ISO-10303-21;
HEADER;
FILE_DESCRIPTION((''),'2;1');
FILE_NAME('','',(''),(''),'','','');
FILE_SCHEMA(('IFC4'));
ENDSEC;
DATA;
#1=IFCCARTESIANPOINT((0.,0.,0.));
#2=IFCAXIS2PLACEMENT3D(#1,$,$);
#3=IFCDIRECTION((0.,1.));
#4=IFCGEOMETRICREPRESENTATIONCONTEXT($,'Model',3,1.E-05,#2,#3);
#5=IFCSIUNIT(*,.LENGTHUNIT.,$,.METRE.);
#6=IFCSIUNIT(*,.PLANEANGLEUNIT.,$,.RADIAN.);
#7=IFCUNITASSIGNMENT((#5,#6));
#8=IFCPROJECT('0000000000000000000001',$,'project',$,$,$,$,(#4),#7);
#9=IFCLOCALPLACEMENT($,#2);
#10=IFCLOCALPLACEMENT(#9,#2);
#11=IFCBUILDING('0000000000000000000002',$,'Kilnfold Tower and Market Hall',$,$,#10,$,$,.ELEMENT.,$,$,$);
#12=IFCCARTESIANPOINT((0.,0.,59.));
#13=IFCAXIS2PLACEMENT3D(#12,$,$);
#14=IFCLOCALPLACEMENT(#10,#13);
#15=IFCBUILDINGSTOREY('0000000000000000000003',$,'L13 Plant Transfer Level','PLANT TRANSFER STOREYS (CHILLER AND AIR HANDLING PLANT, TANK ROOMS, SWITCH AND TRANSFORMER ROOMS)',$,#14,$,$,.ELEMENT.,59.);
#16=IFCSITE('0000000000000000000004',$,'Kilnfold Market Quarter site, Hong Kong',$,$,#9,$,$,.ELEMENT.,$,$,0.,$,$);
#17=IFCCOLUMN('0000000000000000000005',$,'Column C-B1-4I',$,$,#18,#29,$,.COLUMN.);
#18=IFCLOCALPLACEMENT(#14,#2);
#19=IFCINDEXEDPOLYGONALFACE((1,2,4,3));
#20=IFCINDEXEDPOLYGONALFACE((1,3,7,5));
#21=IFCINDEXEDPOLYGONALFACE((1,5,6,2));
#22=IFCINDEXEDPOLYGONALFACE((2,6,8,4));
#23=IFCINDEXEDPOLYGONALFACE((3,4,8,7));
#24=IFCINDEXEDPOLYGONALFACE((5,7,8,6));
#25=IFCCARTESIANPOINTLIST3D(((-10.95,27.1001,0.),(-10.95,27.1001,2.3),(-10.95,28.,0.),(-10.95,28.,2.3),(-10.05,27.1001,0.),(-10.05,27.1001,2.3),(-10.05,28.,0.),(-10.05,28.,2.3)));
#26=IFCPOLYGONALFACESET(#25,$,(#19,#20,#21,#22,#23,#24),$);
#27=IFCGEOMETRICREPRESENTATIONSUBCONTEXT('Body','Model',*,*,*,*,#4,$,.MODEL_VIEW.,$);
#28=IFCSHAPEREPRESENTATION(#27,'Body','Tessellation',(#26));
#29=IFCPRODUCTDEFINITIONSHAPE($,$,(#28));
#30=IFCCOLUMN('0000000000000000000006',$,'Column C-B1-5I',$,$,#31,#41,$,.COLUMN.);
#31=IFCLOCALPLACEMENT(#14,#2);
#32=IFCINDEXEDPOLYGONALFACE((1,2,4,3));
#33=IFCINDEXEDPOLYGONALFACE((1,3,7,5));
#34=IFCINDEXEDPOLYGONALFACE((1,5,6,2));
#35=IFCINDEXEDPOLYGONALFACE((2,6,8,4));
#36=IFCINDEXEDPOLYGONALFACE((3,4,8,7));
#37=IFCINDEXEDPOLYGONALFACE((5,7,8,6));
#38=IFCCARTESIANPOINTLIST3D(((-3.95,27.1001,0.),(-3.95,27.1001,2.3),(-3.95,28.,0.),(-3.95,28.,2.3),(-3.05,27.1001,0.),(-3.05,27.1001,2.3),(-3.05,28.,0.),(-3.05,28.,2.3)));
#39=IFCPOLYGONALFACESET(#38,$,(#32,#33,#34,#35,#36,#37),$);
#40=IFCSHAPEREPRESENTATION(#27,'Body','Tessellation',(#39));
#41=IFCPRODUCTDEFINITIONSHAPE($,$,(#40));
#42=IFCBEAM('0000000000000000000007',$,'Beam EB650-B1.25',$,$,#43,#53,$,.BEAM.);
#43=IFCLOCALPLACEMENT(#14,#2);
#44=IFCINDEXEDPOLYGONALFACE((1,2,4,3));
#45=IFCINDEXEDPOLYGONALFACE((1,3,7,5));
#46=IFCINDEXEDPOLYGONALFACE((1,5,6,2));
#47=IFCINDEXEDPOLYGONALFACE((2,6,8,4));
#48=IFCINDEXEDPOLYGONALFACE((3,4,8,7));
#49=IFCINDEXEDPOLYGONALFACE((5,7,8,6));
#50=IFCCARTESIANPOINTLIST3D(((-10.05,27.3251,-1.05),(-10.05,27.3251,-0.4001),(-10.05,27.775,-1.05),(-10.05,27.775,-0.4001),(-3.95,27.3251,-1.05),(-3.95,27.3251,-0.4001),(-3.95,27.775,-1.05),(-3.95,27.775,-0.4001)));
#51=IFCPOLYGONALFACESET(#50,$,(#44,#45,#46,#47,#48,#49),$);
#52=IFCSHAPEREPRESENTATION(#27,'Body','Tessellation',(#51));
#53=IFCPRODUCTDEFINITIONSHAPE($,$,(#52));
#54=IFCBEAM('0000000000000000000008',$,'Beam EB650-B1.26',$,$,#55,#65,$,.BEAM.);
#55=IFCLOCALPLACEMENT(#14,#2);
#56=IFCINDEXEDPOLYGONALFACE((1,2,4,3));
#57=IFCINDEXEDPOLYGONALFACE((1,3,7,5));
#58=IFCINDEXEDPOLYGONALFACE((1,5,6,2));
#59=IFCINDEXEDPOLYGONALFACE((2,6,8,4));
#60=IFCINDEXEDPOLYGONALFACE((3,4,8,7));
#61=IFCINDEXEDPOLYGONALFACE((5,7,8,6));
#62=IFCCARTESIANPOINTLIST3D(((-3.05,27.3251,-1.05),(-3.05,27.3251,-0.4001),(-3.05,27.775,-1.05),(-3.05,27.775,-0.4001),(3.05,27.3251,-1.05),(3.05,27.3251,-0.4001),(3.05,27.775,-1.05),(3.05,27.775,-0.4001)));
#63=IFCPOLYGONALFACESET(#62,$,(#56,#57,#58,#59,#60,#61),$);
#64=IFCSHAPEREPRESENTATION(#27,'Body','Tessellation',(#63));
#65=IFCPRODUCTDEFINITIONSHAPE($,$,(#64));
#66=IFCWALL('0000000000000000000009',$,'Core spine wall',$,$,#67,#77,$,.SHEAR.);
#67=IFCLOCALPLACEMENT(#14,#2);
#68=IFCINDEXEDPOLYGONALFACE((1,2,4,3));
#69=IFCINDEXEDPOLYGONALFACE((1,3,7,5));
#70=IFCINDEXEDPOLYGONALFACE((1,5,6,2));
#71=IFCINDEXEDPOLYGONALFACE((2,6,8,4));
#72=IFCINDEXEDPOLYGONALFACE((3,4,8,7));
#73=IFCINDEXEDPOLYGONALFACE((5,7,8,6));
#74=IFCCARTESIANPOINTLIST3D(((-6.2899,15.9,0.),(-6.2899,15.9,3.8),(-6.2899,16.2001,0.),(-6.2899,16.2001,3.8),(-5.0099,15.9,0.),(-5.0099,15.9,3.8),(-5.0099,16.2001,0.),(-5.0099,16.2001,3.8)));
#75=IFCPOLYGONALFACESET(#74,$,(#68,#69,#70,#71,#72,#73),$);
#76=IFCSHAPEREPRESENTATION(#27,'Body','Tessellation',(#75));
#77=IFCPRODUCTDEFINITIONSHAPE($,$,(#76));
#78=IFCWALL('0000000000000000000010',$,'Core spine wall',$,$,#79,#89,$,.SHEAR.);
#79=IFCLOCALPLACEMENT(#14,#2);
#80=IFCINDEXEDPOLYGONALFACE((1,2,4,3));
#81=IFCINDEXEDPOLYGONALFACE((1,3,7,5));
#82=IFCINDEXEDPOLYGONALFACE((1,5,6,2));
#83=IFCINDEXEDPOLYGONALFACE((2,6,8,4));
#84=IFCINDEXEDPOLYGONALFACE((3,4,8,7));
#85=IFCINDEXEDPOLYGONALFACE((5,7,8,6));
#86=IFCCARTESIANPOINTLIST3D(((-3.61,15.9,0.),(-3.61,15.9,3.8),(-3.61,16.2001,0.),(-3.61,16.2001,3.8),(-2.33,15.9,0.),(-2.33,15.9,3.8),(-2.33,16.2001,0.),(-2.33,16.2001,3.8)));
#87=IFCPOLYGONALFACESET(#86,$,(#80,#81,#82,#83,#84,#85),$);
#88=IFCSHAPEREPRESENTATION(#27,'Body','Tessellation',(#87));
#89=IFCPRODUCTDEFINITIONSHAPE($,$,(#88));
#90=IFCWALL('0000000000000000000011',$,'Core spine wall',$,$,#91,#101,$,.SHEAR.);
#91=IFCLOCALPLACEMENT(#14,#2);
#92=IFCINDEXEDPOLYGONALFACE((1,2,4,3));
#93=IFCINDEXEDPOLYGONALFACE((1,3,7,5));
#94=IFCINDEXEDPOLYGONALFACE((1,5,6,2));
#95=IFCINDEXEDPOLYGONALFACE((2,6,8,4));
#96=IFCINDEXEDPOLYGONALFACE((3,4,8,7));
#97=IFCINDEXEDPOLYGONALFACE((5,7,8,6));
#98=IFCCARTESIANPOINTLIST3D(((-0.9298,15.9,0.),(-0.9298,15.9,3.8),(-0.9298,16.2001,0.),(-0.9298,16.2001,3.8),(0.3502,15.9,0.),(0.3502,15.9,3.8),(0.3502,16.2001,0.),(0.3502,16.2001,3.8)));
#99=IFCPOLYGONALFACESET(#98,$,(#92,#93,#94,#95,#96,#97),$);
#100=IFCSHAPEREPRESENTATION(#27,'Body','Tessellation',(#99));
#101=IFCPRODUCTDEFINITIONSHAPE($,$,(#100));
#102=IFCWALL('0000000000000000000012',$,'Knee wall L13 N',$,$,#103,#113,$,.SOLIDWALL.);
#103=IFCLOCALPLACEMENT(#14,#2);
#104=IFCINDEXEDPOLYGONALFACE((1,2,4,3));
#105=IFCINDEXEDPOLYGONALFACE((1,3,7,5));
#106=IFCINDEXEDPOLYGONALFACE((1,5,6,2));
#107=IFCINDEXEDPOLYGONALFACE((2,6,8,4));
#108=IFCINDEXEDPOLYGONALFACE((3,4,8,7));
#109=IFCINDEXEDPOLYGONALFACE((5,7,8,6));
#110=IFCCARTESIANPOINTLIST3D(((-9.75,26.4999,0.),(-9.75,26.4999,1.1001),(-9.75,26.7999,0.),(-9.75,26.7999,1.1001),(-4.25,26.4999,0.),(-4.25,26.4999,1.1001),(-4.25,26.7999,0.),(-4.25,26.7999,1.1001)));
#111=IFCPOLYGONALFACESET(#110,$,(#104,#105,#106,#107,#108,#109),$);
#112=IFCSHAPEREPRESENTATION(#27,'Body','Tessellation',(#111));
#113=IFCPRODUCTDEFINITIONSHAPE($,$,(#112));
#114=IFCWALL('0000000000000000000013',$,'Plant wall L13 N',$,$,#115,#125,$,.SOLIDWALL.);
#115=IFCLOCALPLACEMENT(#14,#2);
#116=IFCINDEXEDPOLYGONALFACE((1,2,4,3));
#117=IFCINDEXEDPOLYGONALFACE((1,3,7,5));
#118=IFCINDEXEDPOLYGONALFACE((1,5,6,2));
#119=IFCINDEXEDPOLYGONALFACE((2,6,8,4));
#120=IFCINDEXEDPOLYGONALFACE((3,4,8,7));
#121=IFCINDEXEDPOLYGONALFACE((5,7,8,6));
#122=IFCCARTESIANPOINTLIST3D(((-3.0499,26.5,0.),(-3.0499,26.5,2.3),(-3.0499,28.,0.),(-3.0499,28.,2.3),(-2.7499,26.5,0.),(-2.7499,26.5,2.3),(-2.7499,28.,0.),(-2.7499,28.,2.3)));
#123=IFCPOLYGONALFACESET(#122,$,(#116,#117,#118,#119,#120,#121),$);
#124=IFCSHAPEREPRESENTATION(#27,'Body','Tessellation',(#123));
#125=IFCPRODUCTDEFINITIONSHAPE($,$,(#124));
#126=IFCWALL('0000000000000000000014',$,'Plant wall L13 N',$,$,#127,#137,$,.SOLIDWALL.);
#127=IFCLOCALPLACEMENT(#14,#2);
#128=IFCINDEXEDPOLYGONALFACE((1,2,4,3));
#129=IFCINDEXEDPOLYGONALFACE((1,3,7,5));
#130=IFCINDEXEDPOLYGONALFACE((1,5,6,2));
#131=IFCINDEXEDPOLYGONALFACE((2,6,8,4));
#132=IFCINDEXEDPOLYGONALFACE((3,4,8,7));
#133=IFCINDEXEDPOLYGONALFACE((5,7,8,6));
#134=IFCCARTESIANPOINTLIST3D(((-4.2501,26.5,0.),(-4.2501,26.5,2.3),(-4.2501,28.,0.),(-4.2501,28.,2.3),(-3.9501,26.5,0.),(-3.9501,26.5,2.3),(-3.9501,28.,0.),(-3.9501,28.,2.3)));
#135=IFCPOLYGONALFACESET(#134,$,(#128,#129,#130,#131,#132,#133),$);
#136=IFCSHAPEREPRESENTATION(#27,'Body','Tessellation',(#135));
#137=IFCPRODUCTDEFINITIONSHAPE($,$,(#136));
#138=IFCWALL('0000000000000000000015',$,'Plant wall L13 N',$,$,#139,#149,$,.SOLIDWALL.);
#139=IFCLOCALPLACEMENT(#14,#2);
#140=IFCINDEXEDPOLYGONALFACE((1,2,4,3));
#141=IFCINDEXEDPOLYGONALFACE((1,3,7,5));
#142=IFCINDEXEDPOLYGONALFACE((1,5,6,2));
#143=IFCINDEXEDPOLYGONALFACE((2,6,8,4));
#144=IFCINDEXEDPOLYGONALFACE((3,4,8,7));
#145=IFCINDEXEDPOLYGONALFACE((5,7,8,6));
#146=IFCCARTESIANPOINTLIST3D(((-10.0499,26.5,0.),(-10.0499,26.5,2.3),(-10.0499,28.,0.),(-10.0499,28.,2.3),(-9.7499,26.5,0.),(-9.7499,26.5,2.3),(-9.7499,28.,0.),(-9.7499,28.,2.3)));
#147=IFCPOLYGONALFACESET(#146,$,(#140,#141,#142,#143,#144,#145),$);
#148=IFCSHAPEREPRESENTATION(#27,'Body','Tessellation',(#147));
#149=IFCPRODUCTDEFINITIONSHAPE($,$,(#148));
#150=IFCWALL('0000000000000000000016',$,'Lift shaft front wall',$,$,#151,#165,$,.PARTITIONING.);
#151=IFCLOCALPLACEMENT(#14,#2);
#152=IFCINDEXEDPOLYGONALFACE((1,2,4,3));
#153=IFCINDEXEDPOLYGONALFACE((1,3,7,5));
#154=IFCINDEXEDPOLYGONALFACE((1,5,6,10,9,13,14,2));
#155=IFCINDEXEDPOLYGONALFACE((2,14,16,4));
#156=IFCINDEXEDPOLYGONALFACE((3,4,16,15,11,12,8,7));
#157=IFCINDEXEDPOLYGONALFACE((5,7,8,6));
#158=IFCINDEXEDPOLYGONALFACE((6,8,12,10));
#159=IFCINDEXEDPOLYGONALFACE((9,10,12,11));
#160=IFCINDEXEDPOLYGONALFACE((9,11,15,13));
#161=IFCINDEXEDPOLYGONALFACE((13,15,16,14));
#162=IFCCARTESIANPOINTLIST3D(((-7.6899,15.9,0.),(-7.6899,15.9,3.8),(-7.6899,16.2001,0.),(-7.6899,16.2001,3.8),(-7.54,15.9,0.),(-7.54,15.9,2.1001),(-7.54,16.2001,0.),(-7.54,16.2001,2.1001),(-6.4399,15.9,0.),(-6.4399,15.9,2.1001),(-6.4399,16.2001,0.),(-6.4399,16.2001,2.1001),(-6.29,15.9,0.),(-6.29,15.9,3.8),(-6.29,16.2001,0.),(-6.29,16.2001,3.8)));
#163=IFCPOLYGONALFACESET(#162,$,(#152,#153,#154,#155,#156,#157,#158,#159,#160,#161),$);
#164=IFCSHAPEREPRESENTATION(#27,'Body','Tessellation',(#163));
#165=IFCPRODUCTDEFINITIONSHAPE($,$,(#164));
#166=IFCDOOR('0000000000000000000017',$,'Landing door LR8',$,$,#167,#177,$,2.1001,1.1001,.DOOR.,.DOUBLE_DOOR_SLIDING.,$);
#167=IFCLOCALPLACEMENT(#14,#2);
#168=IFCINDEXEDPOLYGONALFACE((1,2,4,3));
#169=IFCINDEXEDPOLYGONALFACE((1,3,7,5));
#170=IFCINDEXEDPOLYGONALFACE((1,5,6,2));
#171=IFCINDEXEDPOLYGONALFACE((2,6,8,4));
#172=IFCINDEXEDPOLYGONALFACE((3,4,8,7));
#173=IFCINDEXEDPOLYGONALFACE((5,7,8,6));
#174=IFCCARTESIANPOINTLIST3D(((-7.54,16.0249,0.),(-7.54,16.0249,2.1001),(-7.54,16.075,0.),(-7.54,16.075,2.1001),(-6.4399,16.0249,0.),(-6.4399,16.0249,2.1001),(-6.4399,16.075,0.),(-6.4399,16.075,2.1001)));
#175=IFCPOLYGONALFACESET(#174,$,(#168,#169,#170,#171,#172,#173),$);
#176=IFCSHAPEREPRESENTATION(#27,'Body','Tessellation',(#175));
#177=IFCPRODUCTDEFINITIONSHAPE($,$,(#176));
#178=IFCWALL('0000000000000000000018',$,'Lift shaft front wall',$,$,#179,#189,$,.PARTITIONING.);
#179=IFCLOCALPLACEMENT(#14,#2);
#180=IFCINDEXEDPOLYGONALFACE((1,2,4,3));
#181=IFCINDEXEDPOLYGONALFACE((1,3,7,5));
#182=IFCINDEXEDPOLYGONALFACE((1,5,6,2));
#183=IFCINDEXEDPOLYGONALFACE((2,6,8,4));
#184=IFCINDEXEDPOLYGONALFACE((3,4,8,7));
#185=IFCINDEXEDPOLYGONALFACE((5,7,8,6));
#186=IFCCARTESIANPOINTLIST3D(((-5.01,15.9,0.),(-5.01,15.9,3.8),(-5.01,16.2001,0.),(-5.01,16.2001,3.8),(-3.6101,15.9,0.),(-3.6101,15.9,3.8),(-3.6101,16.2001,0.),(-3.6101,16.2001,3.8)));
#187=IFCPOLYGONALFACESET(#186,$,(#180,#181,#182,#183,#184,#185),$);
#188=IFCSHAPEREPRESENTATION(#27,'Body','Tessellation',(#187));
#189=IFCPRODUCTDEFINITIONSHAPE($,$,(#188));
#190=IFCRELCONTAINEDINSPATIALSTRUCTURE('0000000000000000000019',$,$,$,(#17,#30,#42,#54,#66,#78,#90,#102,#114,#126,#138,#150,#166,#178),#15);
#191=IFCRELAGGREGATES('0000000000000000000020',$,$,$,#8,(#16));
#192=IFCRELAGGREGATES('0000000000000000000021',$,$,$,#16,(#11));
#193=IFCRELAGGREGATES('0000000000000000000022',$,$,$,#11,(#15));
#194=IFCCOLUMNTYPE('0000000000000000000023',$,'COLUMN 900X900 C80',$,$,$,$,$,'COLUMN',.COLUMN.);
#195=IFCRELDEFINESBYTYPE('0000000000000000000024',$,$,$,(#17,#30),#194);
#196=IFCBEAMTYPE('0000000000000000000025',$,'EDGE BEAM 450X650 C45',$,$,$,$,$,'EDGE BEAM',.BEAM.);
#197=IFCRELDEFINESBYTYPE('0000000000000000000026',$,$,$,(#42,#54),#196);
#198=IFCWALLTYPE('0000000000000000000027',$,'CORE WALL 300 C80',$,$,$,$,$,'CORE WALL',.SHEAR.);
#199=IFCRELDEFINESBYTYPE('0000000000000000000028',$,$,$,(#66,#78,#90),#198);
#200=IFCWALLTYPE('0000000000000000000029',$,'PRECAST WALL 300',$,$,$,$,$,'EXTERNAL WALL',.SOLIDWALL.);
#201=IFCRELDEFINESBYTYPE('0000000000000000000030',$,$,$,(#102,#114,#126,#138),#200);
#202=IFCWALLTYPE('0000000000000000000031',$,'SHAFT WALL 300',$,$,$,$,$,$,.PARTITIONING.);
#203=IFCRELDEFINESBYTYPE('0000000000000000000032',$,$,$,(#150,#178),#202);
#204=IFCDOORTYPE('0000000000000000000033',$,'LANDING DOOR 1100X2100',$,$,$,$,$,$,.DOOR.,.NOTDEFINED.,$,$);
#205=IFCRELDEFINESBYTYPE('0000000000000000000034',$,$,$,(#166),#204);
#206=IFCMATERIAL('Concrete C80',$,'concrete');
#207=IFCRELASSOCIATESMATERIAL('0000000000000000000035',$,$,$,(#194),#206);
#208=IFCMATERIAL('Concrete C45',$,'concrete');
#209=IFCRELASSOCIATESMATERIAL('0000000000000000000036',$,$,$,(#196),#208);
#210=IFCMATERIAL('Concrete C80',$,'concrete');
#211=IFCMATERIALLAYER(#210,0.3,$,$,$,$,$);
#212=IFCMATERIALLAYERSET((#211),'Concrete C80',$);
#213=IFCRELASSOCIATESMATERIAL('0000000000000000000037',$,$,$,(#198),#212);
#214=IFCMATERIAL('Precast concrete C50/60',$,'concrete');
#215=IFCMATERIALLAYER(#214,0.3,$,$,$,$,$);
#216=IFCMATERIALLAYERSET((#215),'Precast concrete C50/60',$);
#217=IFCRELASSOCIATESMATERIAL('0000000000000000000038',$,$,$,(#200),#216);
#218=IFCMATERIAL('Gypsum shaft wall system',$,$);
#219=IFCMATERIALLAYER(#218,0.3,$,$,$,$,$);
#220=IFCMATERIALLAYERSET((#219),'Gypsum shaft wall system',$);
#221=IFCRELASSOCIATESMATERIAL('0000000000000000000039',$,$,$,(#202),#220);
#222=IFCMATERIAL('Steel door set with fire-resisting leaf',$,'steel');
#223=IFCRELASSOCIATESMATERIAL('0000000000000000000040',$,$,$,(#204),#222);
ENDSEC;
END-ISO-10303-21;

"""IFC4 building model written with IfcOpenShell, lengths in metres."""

from ifc_helpers import new_model, si_unit, direction, frame, frame_2d, origin, origin_2d, place, context, subcontext, project, spatial, rectangle, extrude, source, transform, mapped, material, layer, layer_set, material_profile, profile_set, type_object, element, fill, save


model = new_model("IFC4")

# Units and contexts
model_context = context("Model", 3, precision=1e-05, world=origin(), true_north=direction((0.0, 1.0)))
body_context = subcontext(model_context, "Body", "Model", "MODEL_VIEW")
ifc_project = project(units=[si_unit("LENGTHUNIT", "METRE"), si_unit("PLANEANGLEUNIT", "RADIAN")], contexts=[model_context])

# Site, building, storey
site_placement = place(None, origin())
site = spatial("IfcSite", under=ifc_project, at=site_placement, Name="Kilnfold Market Quarter site, Hong Kong", CompositionType="ELEMENT", RefElevation=0.0)
building_placement = place(site_placement, origin())
building = spatial("IfcBuilding", under=site, at=building_placement, Name="Kilnfold Tower and Market Hall", CompositionType="ELEMENT")
storey_placement = place(building_placement, frame((0.0, 0.0, 59.0)))
storey = spatial("IfcBuildingStorey", under=building, at=storey_placement, Name="L13 Plant Transfer Level", Description="PLANT TRANSFER STOREYS (CHILLER AND AIR HANDLING PLANT, TANK ROOMS, SWITCH AND TRANSFORMER ROOMS)", CompositionType="ELEMENT", Elevation=59.0)

# Columns
ifc_material_1 = material(Name="Concrete C80", Category="concrete")
ifc_material_profile_1 = material_profile(ifc_material_1, rectangle(XDim=0.8999, YDim=0.8999, at=origin_2d()), Name="RC 900x900")
ifc_profile_set_1 = profile_set([ifc_material_profile_1], Name="Concrete C80")
column_type = type_object("IfcColumnType", Name="COLUMN 900X900 C80", ElementType="COLUMN", PredefinedType="COLUMN", material=ifc_profile_set_1)
shared_shape_1 = source(origin(), body_context, "Body", "SweptSolid", [
    extrude(rectangle(XDim=0.8999, YDim=0.8999, at=origin_2d()), origin(), (0.0, 0.0, 1.0), 2.3),
])
for number, where, z_axis, x_axis, name in (
    (1, (-10.5, 27.55, 0.0), (0.0, 0.0, 1.0), (1.0, 0.0, 0.0), "Column C-B1-4I"),
    (2, (-3.5, 27.55, 0.0), (0.0, 0.0, 1.0), (1.0, 0.0, 0.0), "Column C-B1-5I"),
):
    element("IfcColumn", number, at=place(storey_placement, frame(where, z_axis=z_axis, x_axis=x_axis)), inside=storey, type_object=column_type, Name=name, PredefinedType="COLUMN", context=body_context, shape_type="MappedRepresentation", body=[
        mapped(shared_shape_1, transform((0.0, 0.0, 0.0))),
    ])

# Beams
ifc_material_2 = material(Name="Concrete C45", Category="concrete")
ifc_material_profile_2 = material_profile(ifc_material_2, rectangle(XDim=0.45, YDim=0.6499, at=origin_2d()), Name="RC 450x650")
ifc_profile_set_2 = profile_set([ifc_material_profile_2], Name="Concrete C45")
beam_type = type_object("IfcBeamType", Name="EDGE BEAM 450X650 C45", ElementType="EDGE BEAM", PredefinedType="BEAM", material=ifc_profile_set_2)
shared_shape_2 = source(origin(), body_context, "Body", "SweptSolid", [
    extrude(rectangle(XDim=0.45, YDim=0.6499, at=origin_2d()), origin(), (0.0, 0.0, 1.0), 6.1001),
])
for number, where, z_axis, x_axis, name in (
    (3, (-10.05, 27.55, -0.7251), (1.0, 0.0, 0.0), (0.0, 1.0, 0.0), "Beam EB650-B1.25"),
    (4, (-3.05, 27.55, -0.7251), (1.0, 0.0, 0.0), (0.0, 1.0, 0.0), "Beam EB650-B1.26"),
):
    element("IfcBeam", number, at=place(storey_placement, frame(where, z_axis=z_axis, x_axis=x_axis)), inside=storey, type_object=beam_type, Name=name, PredefinedType="BEAM", context=body_context, shape_type="MappedRepresentation", body=[
        mapped(shared_shape_2, transform((0.0, 0.0, 0.0))),
    ])

# Walls
ifc_material_3 = material(Name="Concrete C80", Category="concrete")
ifc_layer_1 = layer(ifc_material_3, 0.3)
ifc_layer_set_1 = layer_set([ifc_layer_1], Name="Concrete C80")
wall_type_1 = type_object("IfcWallType", Name="CORE WALL 300 C80", ElementType="CORE WALL", PredefinedType="SHEAR", material=ifc_layer_set_1)
shared_shape_3 = source(origin(), body_context, "Body", "SweptSolid", [
    extrude(rectangle(XDim=1.28, YDim=0.3, at=frame_2d((0.6401, 0.0))), origin(), (0.0, 0.0, 1.0), 3.8),
])
for number, where, z_axis, x_axis, name in (
    (5, (-6.29, 16.05, 0.0), (0.0, 0.0, 1.0), (1.0, 0.0, 0.0), "Core spine wall"),
    (6, (-3.6101, 16.05, 0.0), (0.0, 0.0, 1.0), (1.0, 0.0, 0.0), "Core spine wall"),
    (7, (-0.9299, 16.05, 0.0), (0.0, 0.0, 1.0), (1.0, 0.0, 0.0), "Core spine wall"),
):
    element("IfcWall", number, at=place(storey_placement, frame(where, z_axis=z_axis, x_axis=x_axis)), inside=storey, type_object=wall_type_1, Name=name, PredefinedType="SHEAR", context=body_context, shape_type="MappedRepresentation", body=[
        mapped(shared_shape_3, transform((0.0, 0.0, 0.0))),
    ])
ifc_material_4 = material(Name="Precast concrete C50/60", Category="concrete")
ifc_layer_2 = layer(ifc_material_4, 0.3)
ifc_layer_set_2 = layer_set([ifc_layer_2], Name="Precast concrete C50/60")
wall_type_2 = type_object("IfcWallType", Name="PRECAST WALL 300", ElementType="EXTERNAL WALL", PredefinedType="SOLIDWALL", material=ifc_layer_set_2)
shared_shape_4 = source(origin(), body_context, "Body", "SweptSolid", [
    extrude(rectangle(XDim=5.5, YDim=0.3, at=frame_2d((2.75, 0.0))), origin(), (0.0, 0.0, 1.0), 1.1001),
])
wall_1_placement = place(storey_placement, frame((-4.25, 26.6499, 0.0), z_axis=(0.0, 0.0, 1.0), x_axis=(-1.0, 0.0, 0.0)))
element("IfcWall", 8, at=wall_1_placement, inside=storey, type_object=wall_type_2, Name="Knee wall L13 N", PredefinedType="SOLIDWALL", context=body_context, shape_type="MappedRepresentation", body=[
    mapped(shared_shape_4, transform((0.0, 0.0, 0.0))),
])
shared_shape_5 = source(origin(), body_context, "Body", "SweptSolid", [
    extrude(rectangle(XDim=1.5, YDim=0.3, at=frame_2d((0.75, 0.0))), origin(), (0.0, 0.0, 1.0), 2.3),
])
for number, where, z_axis, x_axis, name in (
    (9, (-2.8999, 28.0, 0.0), (0.0, 0.0, 1.0), (0.0, -1.0, 0.0), "Plant wall L13 N"),
    (10, (-4.1001, 28.0, 0.0), (0.0, 0.0, 1.0), (0.0, -1.0, 0.0), "Plant wall L13 N"),
    (11, (-9.8999, 28.0, 0.0), (0.0, 0.0, 1.0), (0.0, -1.0, 0.0), "Plant wall L13 N"),
):
    element("IfcWall", number, at=place(storey_placement, frame(where, z_axis=z_axis, x_axis=x_axis)), inside=storey, type_object=wall_type_2, Name=name, PredefinedType="SOLIDWALL", context=body_context, shape_type="MappedRepresentation", body=[
        mapped(shared_shape_5, transform((0.0, 0.0, 0.0))),
    ])

# Wall, opening, door
ifc_material_5 = material(Name="Gypsum shaft wall system")
ifc_layer_3 = layer(ifc_material_5, 0.3)
ifc_layer_set_3 = layer_set([ifc_layer_3], Name="Gypsum shaft wall system")
wall_type_3 = type_object("IfcWallType", Name="SHAFT WALL 300", PredefinedType="PARTITIONING", material=ifc_layer_set_3)
shared_shape_6 = source(origin(), body_context, "Body", "SweptSolid", [
    extrude(rectangle(XDim=1.3999, YDim=0.3, at=frame_2d((0.7, 0.0))), origin(), (0.0, 0.0, 1.0), 3.8),
])
wall_2_placement = place(storey_placement, frame((-7.6899, 16.05, 0.0), z_axis=(0.0, 0.0, 1.0), x_axis=(1.0, 0.0, 0.0)))
wall_2 = element("IfcWall", 12, at=wall_2_placement, inside=storey, type_object=wall_type_3, Name="Lift shaft front wall", PredefinedType="PARTITIONING", context=body_context, shape_type="MappedRepresentation", body=[
    mapped(shared_shape_6, transform((0.0, 0.0, 0.0))),
])
opening_placement = place(wall_2_placement, frame((0.1499, 0.0, 0.0)))
opening = element("IfcOpeningElement", 13, at=opening_placement, cuts=wall_2, PredefinedType="OPENING", context=body_context, shape_type="SweptSolid", body=[
    extrude(rectangle(XDim=1.1001, YDim=2.1001, at=frame_2d((0.55, 1.05))), frame((0.0, 0.1602, 0.0), z_axis=(0.0, -1.0, 0.0), x_axis=(1.0, 0.0, 0.0)), (0.0, 0.0, 1.0), 0.3201),
])
ifc_material_6 = material(Name="Steel door set with fire-resisting leaf", Category="steel")
door_type = type_object("IfcDoorType", Name="LANDING DOOR 1100X2100", OperationType="NOTDEFINED", PredefinedType="DOOR", material=ifc_material_6)
door_placement = place(opening_placement, origin())
door = element("IfcDoor", 14, at=door_placement, inside=storey, type_object=door_type, Name="Landing door LR8", OperationType="DOUBLE_DOOR_SLIDING", OverallHeight=2.1001, OverallWidth=1.1001, PredefinedType="DOOR", context=body_context, shape_type="SweptSolid", body=[
    extrude(rectangle(XDim=1.1001, YDim=2.1001, at=frame_2d((0.55, 1.05))), frame((0.0, 0.0249, 0.0), z_axis=(0.0, -1.0, 0.0), x_axis=(1.0, 0.0, 0.0)), (0.0, 0.0, 1.0), 0.05),
])
fill(opening, door)

# Wall
wall_3_placement = place(storey_placement, frame((-5.01, 16.05, 0.0), z_axis=(0.0, 0.0, 1.0), x_axis=(1.0, 0.0, 0.0)))
element("IfcWall", 15, at=wall_3_placement, inside=storey, type_object=wall_type_3, Name="Lift shaft front wall", PredefinedType="PARTITIONING", context=body_context, shape_type="MappedRepresentation", body=[
    mapped(shared_shape_6, transform((0.0, 0.0, 0.0))),
])

save(model, "model.ifc")
